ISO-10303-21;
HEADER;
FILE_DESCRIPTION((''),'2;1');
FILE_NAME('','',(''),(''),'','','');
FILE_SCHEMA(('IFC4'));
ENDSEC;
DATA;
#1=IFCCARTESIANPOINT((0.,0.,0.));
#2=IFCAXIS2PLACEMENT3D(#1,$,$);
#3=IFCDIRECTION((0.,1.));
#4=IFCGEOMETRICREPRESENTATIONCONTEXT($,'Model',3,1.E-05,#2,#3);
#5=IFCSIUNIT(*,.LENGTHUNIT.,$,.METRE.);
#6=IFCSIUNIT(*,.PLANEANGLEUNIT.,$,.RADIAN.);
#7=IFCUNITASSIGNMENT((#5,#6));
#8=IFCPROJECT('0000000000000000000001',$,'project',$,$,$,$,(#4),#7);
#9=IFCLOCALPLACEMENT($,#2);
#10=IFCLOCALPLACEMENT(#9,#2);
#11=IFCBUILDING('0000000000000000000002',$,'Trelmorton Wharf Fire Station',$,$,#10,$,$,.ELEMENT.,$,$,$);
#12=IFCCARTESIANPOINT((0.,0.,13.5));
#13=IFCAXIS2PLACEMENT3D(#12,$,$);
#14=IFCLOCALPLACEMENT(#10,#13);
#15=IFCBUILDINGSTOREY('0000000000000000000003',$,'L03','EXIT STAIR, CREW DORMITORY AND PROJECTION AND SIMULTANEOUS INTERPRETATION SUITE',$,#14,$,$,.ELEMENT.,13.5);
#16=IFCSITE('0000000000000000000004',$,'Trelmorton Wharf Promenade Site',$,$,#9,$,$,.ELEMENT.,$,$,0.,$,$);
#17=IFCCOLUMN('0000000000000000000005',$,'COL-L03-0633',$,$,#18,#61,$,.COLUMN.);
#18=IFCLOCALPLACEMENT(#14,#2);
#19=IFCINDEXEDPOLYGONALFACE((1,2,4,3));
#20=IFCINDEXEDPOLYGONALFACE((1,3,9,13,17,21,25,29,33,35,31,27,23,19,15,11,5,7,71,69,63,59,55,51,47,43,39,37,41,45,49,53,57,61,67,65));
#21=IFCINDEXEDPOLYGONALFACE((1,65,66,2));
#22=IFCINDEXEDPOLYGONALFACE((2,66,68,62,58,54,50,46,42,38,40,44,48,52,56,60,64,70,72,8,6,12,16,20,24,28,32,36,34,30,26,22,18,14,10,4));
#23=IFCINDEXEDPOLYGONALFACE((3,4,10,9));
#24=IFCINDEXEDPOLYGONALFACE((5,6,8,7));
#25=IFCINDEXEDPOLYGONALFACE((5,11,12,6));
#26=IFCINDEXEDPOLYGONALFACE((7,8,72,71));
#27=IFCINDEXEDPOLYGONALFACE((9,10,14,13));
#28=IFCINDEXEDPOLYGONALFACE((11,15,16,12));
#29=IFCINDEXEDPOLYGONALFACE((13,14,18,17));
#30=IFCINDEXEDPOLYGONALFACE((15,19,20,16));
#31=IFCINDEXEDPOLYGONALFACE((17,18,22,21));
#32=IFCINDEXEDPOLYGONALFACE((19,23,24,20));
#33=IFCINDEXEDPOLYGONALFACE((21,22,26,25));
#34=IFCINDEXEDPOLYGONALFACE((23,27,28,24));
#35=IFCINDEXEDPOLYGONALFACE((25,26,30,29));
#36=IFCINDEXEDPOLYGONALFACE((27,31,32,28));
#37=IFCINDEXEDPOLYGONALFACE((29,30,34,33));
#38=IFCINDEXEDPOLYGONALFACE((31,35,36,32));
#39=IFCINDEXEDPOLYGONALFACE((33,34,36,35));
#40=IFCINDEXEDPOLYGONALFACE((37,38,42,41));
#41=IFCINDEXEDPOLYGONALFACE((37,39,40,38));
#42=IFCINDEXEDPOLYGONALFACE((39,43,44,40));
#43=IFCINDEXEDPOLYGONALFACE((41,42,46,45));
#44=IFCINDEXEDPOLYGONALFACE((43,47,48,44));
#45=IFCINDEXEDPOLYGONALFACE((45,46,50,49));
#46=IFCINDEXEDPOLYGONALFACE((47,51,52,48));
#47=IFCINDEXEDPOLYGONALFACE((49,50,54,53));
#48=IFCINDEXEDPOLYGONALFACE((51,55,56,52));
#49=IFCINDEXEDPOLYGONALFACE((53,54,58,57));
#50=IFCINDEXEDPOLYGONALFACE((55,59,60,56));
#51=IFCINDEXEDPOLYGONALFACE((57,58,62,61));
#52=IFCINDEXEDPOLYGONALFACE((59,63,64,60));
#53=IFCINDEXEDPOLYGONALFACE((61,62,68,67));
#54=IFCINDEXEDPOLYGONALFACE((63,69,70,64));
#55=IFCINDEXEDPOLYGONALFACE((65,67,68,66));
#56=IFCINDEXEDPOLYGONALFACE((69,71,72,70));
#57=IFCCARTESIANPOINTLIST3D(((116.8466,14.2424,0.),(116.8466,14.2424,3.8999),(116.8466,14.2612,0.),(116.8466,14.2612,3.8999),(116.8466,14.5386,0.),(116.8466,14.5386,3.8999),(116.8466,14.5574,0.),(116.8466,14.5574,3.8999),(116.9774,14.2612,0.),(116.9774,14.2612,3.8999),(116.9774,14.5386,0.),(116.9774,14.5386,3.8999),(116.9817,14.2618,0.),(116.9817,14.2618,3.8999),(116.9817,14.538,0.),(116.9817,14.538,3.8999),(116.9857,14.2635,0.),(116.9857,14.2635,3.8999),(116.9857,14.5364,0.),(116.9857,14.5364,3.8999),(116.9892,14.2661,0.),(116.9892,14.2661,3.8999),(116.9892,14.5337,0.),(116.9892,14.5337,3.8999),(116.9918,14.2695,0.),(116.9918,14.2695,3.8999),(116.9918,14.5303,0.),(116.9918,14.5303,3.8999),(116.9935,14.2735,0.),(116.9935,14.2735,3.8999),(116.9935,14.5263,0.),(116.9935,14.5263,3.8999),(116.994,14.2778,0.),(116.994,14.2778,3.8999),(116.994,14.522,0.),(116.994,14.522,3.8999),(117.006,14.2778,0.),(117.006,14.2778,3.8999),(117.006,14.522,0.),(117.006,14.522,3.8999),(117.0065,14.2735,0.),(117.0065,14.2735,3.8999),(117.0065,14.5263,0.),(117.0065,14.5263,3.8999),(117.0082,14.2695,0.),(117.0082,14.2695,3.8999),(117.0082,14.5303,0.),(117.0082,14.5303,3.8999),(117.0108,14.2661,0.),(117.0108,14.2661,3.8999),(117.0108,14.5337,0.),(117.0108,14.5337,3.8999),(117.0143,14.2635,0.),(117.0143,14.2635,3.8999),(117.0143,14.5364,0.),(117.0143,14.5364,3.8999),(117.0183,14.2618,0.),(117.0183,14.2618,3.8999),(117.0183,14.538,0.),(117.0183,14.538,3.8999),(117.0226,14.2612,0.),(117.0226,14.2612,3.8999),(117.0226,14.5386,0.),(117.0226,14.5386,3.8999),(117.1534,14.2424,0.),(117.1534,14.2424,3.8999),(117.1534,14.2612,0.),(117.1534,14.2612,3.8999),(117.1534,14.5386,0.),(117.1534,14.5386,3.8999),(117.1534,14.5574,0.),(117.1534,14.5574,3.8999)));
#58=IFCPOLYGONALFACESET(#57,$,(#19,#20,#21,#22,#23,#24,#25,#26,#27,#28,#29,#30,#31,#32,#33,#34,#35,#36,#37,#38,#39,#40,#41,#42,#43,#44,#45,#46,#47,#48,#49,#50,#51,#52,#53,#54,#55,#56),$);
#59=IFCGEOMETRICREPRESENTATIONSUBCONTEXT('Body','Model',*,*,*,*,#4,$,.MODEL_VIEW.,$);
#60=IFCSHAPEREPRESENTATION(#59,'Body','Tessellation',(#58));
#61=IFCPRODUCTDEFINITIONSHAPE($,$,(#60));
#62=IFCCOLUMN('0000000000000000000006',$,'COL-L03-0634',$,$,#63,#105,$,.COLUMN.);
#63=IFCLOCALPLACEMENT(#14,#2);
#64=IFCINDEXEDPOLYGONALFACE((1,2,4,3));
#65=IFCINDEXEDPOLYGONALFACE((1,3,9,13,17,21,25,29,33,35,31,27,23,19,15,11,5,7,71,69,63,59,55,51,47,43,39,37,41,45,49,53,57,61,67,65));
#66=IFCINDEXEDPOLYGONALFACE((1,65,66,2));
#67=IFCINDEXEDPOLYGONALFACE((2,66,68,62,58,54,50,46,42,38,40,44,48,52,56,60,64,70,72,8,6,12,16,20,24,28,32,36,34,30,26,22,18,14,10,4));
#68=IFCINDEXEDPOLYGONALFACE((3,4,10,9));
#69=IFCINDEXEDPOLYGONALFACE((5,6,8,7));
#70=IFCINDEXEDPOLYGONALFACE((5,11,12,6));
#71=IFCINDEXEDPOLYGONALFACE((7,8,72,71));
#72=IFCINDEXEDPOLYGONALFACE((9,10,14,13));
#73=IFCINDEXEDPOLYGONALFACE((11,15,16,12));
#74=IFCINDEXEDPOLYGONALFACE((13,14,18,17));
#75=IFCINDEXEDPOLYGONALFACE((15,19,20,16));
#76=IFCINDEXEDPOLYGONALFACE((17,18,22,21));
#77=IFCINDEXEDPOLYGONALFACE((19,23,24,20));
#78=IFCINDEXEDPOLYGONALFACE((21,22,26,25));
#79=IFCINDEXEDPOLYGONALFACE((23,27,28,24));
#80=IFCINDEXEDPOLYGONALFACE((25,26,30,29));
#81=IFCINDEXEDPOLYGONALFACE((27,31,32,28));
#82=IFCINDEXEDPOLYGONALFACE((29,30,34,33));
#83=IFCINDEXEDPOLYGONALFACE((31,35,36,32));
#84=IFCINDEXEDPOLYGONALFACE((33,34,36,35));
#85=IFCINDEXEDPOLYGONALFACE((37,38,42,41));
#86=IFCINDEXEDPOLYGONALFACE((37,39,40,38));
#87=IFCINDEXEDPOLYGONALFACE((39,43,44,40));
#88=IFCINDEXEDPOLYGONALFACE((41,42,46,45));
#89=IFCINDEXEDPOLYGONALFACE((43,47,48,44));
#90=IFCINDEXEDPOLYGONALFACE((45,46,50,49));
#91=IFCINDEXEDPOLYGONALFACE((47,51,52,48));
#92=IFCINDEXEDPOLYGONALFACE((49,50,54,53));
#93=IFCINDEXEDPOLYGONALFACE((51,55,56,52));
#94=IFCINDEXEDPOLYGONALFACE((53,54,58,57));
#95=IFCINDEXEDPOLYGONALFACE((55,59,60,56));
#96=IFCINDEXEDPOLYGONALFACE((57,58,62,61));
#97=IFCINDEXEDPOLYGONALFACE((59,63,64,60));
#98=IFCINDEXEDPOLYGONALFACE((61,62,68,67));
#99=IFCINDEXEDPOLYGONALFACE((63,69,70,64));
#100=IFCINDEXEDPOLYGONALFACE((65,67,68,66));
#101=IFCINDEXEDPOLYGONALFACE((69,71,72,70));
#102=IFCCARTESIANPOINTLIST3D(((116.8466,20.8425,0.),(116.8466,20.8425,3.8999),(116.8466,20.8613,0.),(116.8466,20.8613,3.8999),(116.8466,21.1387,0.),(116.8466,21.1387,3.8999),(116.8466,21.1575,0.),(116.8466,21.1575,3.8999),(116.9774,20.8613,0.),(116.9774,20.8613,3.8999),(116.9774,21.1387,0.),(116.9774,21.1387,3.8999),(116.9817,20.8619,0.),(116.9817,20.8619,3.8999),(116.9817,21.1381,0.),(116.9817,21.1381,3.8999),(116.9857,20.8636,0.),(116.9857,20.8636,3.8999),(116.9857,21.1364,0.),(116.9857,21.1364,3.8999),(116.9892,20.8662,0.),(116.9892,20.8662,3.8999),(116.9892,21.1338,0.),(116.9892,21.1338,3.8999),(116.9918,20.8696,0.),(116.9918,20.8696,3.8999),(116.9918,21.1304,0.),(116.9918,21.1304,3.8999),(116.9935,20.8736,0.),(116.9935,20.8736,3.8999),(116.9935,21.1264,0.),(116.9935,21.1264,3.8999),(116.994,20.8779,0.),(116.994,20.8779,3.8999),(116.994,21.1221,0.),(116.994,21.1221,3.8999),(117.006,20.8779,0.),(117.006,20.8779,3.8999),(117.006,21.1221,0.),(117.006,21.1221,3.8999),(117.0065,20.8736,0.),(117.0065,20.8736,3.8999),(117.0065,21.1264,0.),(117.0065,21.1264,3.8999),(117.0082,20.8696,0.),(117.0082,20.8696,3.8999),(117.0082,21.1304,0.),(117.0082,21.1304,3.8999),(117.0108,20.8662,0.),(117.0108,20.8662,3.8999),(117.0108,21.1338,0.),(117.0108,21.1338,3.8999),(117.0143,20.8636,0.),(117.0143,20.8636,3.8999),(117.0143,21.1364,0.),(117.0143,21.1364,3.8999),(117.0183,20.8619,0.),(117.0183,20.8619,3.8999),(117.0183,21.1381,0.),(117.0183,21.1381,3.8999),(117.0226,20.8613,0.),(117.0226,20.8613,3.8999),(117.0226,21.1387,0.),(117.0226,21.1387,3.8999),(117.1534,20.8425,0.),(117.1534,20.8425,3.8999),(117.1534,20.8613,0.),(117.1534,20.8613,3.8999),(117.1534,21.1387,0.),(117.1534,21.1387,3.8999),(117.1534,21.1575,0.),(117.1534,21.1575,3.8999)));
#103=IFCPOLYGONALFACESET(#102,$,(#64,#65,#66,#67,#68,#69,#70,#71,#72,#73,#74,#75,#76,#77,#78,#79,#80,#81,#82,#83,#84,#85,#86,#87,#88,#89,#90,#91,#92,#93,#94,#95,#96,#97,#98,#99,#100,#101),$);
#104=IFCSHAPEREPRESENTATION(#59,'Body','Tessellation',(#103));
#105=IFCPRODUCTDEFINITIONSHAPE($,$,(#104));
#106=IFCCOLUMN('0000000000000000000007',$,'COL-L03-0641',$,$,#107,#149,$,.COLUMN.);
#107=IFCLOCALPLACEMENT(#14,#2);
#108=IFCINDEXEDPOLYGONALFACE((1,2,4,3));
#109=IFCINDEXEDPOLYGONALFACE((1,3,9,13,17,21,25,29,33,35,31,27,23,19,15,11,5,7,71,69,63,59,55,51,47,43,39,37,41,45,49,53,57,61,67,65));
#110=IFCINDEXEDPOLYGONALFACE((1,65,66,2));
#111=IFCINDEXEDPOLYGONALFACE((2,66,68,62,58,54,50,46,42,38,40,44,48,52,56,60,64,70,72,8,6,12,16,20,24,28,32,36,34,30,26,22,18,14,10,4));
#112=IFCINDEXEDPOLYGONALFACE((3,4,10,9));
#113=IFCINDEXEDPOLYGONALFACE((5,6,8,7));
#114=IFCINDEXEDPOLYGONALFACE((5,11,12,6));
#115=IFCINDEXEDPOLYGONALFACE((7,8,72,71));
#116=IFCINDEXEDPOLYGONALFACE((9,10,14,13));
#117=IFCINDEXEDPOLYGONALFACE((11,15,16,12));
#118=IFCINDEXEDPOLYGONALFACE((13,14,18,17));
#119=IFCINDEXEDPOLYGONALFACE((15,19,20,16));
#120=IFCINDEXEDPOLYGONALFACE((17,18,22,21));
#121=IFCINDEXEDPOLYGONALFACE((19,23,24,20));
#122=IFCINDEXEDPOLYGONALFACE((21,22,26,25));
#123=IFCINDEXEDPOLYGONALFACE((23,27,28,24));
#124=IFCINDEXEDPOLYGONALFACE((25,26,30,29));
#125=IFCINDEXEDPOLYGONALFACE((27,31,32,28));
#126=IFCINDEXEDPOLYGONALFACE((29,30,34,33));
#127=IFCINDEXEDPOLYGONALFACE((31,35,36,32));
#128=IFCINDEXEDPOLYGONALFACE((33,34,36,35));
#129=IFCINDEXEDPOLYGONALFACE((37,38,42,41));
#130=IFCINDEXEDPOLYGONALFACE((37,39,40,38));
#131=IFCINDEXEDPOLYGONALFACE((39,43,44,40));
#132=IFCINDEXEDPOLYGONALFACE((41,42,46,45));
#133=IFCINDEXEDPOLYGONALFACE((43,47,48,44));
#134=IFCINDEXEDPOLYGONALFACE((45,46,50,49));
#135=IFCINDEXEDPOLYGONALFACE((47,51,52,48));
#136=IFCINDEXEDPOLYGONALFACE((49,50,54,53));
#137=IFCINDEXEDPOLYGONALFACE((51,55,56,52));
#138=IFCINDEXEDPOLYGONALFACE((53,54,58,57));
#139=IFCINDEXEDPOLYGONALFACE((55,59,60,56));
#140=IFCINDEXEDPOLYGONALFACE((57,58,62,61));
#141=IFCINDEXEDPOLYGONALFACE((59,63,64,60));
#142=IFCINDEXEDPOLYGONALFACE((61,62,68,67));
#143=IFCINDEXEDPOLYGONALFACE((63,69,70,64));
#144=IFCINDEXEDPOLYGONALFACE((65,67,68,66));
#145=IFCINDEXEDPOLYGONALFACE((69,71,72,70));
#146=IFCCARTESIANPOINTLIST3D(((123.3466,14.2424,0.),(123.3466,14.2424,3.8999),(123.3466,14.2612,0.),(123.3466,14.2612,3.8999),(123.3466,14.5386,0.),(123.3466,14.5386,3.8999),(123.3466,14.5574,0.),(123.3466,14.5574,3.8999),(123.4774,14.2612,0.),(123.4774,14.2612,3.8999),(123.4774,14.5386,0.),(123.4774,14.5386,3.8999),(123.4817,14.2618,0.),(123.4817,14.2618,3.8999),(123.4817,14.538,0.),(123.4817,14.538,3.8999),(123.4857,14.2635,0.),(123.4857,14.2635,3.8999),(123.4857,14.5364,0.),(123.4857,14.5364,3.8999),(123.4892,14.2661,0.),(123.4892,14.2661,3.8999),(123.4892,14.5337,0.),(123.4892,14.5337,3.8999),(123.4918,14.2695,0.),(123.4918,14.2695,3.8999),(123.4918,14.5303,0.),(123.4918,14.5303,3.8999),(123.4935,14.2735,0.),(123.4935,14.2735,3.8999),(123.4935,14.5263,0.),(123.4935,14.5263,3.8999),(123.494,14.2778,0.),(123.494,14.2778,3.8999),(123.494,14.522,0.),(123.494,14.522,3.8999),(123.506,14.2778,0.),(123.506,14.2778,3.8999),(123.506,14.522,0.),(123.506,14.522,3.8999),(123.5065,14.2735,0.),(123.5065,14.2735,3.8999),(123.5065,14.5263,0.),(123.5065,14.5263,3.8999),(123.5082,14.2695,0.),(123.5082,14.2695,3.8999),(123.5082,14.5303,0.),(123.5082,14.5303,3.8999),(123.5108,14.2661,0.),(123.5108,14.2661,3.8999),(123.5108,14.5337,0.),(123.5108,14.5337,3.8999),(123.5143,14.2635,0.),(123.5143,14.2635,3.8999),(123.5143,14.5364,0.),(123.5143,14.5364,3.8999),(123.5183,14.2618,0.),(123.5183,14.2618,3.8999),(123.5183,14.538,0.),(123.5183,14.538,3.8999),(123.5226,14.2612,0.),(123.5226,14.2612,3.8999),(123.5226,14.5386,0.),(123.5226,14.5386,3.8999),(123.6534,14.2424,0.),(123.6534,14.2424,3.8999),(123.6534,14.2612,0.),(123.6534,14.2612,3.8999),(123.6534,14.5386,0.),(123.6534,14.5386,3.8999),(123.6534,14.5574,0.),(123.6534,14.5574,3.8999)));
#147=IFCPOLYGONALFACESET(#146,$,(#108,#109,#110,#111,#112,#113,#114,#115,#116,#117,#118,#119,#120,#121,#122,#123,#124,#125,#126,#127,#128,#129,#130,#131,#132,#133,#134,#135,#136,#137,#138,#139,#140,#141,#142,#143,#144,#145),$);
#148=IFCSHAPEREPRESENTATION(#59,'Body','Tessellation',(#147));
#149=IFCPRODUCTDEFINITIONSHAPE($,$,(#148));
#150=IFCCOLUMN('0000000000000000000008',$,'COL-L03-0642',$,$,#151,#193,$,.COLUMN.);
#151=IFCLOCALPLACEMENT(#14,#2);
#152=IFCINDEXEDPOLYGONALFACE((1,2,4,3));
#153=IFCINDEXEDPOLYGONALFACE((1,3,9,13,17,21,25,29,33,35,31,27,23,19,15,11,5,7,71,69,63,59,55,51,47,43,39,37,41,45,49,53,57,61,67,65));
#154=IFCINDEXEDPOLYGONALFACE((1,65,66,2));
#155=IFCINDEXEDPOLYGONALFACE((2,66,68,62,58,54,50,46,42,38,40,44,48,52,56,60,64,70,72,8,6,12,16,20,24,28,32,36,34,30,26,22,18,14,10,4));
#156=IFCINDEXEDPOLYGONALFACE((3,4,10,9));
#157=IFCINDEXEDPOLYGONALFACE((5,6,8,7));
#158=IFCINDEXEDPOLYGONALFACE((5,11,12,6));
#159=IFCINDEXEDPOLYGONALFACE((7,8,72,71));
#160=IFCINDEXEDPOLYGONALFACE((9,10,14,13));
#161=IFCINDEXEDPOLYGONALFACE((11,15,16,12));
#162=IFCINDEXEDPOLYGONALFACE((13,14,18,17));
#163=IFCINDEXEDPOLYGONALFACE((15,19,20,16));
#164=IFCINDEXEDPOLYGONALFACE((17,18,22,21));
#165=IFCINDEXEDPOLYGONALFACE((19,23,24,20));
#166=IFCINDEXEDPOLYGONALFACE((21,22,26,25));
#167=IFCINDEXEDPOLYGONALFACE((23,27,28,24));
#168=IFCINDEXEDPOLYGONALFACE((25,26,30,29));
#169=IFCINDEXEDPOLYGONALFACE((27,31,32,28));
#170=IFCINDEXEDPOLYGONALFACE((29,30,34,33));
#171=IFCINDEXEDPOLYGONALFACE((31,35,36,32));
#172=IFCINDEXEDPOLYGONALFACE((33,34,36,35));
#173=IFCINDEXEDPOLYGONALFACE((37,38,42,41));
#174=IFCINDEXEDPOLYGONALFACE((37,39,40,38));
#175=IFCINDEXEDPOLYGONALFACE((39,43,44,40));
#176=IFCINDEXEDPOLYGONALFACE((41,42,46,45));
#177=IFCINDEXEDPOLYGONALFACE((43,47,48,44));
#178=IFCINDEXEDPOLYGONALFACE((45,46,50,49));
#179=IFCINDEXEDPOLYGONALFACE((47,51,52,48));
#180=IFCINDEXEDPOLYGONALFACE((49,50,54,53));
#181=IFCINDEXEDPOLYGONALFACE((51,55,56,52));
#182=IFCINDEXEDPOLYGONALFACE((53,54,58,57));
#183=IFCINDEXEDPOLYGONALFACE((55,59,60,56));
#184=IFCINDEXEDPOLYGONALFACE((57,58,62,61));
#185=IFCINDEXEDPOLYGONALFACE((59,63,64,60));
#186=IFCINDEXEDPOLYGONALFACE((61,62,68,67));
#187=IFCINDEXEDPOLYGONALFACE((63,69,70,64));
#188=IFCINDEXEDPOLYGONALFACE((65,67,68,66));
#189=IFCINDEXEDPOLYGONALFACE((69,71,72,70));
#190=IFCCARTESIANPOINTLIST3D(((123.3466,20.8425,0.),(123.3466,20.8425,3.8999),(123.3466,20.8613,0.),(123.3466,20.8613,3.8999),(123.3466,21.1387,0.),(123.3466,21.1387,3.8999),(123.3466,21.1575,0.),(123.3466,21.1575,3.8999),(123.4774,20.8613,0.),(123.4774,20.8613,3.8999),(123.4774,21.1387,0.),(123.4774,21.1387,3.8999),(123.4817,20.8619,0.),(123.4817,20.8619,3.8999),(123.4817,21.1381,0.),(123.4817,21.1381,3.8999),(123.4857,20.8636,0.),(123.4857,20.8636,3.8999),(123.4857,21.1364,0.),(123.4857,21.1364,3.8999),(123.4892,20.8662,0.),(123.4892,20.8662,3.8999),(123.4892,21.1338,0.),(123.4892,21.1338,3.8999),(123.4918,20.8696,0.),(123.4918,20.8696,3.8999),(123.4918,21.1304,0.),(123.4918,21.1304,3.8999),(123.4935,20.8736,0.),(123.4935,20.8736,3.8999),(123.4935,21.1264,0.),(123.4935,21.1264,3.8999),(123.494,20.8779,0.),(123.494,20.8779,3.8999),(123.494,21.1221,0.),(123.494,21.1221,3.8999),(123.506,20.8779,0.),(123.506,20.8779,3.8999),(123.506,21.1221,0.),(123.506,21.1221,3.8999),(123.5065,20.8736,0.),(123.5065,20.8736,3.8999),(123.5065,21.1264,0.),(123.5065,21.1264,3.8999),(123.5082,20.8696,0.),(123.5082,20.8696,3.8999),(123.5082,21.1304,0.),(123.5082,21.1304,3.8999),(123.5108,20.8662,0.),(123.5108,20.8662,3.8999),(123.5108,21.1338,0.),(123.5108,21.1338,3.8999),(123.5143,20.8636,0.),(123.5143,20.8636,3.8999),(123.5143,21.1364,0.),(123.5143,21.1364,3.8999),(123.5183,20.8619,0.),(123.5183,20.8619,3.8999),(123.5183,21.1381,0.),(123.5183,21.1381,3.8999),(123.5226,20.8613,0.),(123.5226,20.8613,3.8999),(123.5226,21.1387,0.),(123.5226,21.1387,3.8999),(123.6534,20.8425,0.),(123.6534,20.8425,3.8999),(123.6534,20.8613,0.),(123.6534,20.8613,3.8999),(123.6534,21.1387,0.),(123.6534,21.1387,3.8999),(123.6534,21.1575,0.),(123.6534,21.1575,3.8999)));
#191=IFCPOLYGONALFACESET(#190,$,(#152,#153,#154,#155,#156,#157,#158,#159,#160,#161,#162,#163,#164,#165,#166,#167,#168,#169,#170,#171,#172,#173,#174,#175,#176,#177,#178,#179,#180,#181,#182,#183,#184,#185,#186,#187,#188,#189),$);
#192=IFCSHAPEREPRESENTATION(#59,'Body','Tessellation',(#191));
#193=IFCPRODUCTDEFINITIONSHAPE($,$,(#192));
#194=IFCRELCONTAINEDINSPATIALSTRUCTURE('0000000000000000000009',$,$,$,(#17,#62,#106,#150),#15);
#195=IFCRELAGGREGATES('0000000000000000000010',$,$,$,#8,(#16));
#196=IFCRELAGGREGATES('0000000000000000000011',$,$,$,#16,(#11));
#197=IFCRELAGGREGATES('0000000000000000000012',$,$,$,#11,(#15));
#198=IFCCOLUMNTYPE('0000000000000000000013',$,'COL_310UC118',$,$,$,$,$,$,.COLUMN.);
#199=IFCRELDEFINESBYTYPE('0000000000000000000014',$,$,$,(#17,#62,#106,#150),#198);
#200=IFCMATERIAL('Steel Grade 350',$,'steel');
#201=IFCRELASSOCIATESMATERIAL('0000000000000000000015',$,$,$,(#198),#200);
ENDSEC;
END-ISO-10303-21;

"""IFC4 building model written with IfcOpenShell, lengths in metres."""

from ifc_helpers import new_model, si_unit, direction, frame, origin, origin_2d, place, context, subcontext, project, spatial, i_section, extrude, material, material_profile, profile_set, type_object, element, save


model = new_model("IFC4")

# Units and contexts
model_context = context("Model", 3, precision=1e-05, world=origin(), true_north=direction((0.0, 1.0)))
body_context = subcontext(model_context, "Body", "Model", "MODEL_VIEW")
ifc_project = project(units=[si_unit("LENGTHUNIT", "METRE"), si_unit("PLANEANGLEUNIT", "RADIAN")], contexts=[model_context])

# Site, building, storey
site_placement = place(None, origin())
site = spatial("IfcSite", under=ifc_project, at=site_placement, Name="Trelmorton Wharf Promenade Site", CompositionType="ELEMENT", RefElevation=0.0)
building_placement = place(site_placement, origin())
building = spatial("IfcBuilding", under=site, at=building_placement, Name="Trelmorton Wharf Fire Station", CompositionType="ELEMENT")
storey_placement = place(building_placement, frame((0.0, 0.0, 13.5)))
storey = spatial("IfcBuildingStorey", under=building, at=storey_placement, Name="L03", Description="EXIT STAIR, CREW DORMITORY AND PROJECTION AND SIMULTANEOUS INTERPRETATION SUITE", CompositionType="ELEMENT", Elevation=13.5)

# Columns
ifc_material_1 = material(Name="Steel Grade 350", Category="steel")
ifc_material_profile_1 = material_profile(ifc_material_1, i_section(OverallWidth=0.3069, OverallDepth=0.3149, WebThickness=0.012, FlangeThickness=0.0188, FilletRadius=0.0166, at=origin_2d()), Name="310UC118")
ifc_profile_set_1 = profile_set([ifc_material_profile_1], Name="Steel Grade 350")
column_type = type_object("IfcColumnType", Name="COL_310UC118", PredefinedType="COLUMN", material=ifc_profile_set_1)
for number, where, z_axis, x_axis, name in (
    (1, (117.0, 14.3999, 0.0), (0.0, 0.0, 1.0), (1.0, 0.0, 0.0), "COL-L03-0633"),
    (2, (117.0, 21.0, 0.0), (0.0, 0.0, 1.0), (1.0, 0.0, 0.0), "COL-L03-0634"),
    (3, (123.5, 14.3999, 0.0), (0.0, 0.0, 1.0), (1.0, 0.0, 0.0), "COL-L03-0641"),
    (4, (123.5, 21.0, 0.0), (0.0, 0.0, 1.0), (1.0, 0.0, 0.0), "COL-L03-0642"),
):
    element("IfcColumn", number, at=place(storey_placement, frame(where, z_axis=z_axis, x_axis=x_axis)), inside=storey, type_object=column_type, Name=name, PredefinedType="COLUMN", context=body_context, shape_type="SweptSolid", body=[
        extrude(i_section(OverallWidth=0.3069, OverallDepth=0.3149, WebThickness=0.012, FlangeThickness=0.0188, FilletRadius=0.0166, at=origin_2d()), origin(), (0.0, 0.0, 1.0), 3.8999),
    ])

save(model, "model.ifc")
